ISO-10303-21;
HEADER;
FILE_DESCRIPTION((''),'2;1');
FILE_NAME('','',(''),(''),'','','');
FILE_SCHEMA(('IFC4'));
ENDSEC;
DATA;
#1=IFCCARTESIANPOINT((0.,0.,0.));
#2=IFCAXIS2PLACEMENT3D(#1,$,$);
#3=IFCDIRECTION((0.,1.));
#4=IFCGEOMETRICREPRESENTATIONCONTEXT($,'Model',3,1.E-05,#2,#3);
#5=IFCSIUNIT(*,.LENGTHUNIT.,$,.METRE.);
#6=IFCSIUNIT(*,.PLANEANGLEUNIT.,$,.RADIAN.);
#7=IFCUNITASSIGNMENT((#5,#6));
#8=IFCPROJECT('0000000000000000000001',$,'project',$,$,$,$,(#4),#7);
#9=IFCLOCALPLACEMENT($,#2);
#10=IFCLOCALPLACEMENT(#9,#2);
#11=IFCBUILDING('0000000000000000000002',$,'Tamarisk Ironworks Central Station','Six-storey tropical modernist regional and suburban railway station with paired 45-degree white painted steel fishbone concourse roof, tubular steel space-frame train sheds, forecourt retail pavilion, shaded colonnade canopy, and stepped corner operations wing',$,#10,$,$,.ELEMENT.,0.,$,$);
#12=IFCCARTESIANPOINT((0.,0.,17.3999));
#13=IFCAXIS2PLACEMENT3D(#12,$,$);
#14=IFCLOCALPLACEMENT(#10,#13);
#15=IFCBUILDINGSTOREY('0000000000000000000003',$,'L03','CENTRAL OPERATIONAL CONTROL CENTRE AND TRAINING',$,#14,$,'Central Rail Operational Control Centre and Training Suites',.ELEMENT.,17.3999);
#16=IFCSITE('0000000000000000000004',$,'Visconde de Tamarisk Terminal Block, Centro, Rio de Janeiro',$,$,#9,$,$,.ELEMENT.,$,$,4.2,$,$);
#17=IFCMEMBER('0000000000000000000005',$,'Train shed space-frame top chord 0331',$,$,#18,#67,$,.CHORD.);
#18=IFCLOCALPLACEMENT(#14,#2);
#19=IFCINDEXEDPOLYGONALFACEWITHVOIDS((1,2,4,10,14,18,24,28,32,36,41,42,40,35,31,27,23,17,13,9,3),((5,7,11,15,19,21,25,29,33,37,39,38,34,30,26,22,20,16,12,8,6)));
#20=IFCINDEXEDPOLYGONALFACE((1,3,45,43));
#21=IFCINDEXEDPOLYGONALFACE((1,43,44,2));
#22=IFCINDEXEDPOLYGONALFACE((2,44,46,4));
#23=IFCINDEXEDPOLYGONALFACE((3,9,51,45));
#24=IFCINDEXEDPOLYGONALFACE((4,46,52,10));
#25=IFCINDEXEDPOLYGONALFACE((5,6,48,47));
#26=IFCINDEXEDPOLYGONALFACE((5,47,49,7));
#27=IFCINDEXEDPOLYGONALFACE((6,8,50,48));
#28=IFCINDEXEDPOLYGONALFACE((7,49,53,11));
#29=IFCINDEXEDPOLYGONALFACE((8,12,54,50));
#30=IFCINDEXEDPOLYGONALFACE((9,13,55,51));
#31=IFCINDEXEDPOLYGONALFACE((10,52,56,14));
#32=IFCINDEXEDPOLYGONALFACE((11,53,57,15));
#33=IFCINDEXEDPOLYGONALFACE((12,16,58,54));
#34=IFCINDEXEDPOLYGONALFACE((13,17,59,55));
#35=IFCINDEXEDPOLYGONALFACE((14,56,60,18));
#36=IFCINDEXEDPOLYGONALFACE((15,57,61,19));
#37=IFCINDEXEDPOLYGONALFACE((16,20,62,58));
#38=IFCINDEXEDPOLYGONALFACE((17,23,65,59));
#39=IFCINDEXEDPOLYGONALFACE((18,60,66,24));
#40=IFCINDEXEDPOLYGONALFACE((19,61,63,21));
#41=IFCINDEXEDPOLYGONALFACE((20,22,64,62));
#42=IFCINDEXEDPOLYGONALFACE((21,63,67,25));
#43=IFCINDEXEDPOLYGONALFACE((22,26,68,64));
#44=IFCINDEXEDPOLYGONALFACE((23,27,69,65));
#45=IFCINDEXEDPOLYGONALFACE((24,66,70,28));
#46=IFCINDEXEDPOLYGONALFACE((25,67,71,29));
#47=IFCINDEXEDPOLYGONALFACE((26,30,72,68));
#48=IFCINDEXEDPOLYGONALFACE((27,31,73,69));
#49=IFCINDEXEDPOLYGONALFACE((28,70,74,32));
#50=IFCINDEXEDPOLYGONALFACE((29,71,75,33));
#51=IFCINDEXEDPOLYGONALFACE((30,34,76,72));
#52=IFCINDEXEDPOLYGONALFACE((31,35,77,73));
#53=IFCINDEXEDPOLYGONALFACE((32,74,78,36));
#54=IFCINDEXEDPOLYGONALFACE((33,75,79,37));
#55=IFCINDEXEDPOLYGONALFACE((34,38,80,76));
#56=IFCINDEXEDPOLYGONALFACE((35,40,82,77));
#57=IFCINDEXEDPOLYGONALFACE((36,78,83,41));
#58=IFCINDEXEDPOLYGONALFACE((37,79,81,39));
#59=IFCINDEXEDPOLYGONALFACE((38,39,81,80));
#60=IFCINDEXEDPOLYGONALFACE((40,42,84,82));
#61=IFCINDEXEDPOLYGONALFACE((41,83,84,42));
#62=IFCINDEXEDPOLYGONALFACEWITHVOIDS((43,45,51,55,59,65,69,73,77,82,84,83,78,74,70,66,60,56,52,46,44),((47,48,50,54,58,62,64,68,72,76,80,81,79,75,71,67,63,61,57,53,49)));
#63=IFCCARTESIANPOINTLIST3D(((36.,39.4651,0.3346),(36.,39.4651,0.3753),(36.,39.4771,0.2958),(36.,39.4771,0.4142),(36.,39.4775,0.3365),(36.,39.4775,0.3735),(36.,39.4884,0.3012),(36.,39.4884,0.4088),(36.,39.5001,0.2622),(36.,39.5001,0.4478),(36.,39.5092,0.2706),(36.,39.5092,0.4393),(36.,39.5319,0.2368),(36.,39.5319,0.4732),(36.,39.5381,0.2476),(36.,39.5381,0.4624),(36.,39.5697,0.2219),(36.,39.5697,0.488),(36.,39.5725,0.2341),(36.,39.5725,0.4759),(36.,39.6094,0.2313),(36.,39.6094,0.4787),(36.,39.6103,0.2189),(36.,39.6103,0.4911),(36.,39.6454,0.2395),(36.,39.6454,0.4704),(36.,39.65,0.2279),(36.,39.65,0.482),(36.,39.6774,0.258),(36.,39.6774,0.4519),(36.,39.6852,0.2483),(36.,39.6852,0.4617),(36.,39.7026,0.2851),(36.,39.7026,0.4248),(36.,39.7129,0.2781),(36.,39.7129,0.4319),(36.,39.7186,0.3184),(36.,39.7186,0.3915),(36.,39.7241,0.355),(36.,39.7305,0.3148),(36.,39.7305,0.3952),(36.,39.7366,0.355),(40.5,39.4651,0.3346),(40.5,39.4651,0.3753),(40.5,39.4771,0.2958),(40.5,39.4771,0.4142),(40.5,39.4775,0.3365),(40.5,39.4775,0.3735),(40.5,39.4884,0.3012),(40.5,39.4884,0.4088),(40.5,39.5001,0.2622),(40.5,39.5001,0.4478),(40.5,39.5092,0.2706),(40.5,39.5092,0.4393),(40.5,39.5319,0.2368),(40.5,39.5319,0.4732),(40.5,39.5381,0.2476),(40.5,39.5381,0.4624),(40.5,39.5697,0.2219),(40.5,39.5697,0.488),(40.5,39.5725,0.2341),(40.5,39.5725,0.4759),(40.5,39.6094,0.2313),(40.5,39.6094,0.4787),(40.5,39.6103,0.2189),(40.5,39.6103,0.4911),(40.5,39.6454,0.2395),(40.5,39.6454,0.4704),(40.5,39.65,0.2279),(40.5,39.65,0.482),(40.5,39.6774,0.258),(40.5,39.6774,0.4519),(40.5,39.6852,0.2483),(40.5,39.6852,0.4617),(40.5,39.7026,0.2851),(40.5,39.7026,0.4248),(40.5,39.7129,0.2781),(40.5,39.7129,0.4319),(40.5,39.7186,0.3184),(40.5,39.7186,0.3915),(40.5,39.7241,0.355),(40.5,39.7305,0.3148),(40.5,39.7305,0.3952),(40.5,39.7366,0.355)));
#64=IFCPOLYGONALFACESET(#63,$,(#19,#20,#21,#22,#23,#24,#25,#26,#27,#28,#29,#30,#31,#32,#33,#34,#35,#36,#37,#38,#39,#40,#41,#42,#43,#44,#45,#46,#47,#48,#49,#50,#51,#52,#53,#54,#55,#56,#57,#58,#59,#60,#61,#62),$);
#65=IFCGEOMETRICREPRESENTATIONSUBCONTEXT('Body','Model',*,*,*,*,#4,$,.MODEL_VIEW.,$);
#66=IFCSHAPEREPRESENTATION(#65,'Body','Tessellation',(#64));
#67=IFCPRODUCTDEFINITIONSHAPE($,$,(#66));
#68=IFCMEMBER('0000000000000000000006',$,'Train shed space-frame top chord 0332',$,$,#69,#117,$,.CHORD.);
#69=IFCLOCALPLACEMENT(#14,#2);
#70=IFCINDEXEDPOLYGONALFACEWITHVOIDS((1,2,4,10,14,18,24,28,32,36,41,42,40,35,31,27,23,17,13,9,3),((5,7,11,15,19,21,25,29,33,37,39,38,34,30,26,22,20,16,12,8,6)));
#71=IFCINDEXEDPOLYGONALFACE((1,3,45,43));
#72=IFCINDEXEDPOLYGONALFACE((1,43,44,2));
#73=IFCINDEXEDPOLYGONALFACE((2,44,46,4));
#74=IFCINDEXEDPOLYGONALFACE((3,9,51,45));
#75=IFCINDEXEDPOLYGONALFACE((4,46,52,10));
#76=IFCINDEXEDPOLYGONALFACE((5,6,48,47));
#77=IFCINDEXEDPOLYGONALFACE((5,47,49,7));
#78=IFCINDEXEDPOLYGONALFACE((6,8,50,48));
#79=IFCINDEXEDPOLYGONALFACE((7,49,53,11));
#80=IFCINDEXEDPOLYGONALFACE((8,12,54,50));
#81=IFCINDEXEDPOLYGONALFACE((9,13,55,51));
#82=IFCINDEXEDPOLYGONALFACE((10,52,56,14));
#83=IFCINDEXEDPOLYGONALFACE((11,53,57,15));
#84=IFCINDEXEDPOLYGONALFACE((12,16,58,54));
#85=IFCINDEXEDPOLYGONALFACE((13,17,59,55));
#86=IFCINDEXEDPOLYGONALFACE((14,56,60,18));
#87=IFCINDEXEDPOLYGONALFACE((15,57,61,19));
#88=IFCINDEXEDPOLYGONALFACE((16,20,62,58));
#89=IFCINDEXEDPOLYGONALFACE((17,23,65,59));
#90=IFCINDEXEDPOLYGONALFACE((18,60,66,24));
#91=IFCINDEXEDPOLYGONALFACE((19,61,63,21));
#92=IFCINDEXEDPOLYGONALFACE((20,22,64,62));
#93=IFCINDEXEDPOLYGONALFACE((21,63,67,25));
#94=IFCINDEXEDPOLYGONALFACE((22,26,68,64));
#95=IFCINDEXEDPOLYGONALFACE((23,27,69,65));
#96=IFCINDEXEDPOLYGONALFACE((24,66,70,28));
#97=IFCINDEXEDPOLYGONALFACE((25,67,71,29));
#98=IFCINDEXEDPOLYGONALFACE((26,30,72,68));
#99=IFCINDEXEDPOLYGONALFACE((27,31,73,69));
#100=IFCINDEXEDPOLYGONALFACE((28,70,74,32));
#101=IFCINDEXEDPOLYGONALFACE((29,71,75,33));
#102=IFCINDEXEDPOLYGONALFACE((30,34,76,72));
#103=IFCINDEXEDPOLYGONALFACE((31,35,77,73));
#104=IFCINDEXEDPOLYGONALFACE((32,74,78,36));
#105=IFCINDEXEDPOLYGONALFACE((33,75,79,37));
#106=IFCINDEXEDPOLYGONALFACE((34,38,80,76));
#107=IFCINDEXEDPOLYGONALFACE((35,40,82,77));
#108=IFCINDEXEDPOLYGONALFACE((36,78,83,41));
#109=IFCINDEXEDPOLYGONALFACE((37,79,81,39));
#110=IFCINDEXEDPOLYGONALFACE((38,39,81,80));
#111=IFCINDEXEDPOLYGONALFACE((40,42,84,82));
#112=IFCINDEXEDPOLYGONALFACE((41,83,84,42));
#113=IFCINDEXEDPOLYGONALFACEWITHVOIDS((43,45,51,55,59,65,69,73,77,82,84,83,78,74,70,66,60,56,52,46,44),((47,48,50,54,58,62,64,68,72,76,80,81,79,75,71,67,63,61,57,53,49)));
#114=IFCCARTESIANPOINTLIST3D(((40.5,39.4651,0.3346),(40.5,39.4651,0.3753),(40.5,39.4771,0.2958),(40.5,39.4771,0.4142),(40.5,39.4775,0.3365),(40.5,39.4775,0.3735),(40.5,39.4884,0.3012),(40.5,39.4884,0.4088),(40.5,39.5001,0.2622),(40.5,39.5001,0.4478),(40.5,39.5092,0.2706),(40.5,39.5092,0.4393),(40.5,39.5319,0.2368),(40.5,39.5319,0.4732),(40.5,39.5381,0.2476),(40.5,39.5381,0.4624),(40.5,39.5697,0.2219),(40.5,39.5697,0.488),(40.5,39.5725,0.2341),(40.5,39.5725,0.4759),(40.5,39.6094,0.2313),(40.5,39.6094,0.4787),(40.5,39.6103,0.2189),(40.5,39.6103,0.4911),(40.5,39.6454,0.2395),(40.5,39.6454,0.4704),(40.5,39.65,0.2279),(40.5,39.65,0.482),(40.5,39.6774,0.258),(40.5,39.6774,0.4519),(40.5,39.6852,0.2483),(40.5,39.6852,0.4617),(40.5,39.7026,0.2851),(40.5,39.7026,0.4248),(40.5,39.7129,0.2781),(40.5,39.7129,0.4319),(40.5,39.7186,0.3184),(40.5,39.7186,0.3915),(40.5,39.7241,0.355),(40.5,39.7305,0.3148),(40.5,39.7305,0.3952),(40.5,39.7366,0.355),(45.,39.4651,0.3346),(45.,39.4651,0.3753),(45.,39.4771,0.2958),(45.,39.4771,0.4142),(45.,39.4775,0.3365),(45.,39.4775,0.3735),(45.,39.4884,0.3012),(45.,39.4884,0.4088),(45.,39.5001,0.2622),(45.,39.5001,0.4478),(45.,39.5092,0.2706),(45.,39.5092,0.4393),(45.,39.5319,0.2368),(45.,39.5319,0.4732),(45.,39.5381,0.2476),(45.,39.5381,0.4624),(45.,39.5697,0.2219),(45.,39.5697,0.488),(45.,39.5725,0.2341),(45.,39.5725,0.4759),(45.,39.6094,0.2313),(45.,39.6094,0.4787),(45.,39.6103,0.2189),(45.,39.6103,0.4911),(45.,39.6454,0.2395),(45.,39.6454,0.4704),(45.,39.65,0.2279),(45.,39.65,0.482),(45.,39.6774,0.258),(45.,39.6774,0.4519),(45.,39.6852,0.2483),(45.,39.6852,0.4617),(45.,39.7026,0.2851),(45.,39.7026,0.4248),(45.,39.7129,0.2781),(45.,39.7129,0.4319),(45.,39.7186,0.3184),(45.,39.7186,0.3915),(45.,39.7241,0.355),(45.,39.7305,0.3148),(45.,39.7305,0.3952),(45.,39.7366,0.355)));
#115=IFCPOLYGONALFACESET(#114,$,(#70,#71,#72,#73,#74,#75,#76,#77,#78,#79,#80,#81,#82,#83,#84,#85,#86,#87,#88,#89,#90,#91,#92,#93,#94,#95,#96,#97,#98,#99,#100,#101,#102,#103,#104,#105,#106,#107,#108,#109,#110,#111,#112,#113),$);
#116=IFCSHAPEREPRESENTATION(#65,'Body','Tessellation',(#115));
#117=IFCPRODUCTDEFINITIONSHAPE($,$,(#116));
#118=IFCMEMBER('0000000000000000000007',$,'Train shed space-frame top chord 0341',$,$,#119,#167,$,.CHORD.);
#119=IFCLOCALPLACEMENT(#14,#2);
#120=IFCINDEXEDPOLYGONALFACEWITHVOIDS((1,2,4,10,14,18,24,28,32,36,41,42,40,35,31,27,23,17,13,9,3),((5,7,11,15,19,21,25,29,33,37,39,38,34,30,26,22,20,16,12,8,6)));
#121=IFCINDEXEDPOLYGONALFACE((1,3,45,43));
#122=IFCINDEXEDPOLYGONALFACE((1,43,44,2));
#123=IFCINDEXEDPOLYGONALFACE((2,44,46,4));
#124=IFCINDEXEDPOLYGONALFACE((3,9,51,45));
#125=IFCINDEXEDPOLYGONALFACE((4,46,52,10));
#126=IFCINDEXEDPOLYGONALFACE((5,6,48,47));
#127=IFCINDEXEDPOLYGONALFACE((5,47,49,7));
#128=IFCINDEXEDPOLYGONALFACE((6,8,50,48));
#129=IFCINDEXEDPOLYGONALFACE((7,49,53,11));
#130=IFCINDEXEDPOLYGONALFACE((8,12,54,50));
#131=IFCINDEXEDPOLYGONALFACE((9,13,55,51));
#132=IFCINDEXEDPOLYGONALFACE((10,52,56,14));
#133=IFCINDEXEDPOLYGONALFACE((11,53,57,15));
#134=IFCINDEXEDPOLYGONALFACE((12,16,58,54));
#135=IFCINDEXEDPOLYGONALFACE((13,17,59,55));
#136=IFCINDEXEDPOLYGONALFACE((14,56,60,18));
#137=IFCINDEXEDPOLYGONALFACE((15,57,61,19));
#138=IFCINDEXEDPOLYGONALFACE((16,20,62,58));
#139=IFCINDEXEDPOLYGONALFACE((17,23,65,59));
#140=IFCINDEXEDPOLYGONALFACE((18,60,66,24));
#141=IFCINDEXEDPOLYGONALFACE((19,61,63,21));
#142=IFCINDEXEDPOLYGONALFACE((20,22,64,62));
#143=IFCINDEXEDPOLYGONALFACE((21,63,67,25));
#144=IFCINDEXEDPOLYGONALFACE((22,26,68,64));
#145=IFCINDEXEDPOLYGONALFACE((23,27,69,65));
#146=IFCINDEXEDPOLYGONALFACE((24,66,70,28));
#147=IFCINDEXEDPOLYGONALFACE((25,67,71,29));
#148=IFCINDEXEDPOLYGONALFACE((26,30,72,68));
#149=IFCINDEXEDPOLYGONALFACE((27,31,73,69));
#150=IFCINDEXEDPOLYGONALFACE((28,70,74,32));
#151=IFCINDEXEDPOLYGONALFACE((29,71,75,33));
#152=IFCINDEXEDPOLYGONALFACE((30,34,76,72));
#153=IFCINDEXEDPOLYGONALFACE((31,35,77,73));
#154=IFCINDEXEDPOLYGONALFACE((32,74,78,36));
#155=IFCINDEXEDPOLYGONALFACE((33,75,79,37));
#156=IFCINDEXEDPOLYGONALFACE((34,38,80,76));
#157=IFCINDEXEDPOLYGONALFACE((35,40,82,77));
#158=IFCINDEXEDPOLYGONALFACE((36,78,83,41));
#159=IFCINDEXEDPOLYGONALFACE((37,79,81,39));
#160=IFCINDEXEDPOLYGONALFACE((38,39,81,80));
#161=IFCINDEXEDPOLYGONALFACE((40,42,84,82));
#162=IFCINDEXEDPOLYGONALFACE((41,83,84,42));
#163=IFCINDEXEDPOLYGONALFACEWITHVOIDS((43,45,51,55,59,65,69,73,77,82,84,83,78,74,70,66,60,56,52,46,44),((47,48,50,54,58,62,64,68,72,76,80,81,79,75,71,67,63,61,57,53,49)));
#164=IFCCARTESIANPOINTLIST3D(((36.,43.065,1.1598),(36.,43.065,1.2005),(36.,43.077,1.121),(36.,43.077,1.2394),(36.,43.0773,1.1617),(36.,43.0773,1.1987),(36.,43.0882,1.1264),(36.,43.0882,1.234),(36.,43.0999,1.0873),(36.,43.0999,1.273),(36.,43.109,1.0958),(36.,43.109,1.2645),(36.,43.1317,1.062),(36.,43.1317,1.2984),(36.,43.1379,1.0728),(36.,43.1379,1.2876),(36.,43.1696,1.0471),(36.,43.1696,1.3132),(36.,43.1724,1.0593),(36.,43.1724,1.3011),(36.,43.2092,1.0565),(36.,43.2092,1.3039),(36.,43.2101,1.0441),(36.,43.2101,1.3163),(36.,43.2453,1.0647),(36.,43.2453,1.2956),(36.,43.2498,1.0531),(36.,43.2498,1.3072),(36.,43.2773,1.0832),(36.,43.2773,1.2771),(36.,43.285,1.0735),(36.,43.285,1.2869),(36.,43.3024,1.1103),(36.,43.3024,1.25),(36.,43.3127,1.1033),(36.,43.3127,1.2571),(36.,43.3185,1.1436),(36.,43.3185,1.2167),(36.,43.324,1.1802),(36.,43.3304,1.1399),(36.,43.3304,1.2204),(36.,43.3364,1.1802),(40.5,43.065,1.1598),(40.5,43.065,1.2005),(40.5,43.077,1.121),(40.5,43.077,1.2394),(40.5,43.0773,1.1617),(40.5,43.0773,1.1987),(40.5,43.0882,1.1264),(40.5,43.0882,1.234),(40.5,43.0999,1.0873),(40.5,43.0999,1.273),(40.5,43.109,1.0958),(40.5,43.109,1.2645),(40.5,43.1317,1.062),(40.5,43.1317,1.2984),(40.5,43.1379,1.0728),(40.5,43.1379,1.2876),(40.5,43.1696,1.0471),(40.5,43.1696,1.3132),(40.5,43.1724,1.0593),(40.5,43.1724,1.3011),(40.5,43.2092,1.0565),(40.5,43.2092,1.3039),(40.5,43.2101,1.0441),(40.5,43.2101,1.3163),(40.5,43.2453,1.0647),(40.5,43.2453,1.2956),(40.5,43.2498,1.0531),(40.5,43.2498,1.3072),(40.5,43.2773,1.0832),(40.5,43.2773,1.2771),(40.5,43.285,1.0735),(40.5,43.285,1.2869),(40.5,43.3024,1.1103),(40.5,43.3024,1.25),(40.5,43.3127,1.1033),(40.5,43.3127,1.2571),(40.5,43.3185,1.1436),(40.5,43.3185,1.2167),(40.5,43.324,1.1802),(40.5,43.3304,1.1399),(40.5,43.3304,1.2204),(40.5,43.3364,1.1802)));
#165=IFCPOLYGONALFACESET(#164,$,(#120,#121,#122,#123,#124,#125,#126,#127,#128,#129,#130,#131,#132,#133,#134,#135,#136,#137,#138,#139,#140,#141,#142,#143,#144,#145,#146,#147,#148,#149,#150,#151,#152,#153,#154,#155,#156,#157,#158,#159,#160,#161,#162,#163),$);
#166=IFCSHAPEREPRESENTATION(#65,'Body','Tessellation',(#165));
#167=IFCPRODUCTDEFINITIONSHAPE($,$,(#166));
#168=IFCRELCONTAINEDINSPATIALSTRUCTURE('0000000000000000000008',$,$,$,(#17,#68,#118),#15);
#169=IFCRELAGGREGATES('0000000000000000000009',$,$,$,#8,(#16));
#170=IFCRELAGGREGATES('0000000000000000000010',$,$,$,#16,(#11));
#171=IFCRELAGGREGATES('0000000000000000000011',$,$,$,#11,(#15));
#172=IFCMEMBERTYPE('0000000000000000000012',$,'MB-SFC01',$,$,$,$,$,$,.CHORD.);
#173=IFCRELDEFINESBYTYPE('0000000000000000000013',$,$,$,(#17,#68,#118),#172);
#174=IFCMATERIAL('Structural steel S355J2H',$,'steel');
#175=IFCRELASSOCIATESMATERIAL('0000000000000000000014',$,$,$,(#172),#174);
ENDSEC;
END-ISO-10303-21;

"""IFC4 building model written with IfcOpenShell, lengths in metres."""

from ifc_helpers import new_model, si_unit, direction, frame, origin, origin_2d, place, context, subcontext, project, spatial, hollow_circle, extrude, material, material_profile, profile_set, type_object, element, save


model = new_model("IFC4")

# Units and contexts
model_context = context("Model", 3, precision=1e-05, world=origin(), true_north=direction((0.0, 1.0)))
body_context = subcontext(model_context, "Body", "Model", "MODEL_VIEW")
ifc_project = project(units=[si_unit("LENGTHUNIT", "METRE"), si_unit("PLANEANGLEUNIT", "RADIAN")], contexts=[model_context])

# Site, building, storey
site_placement = place(None, origin())
site = spatial("IfcSite", under=ifc_project, at=site_placement, Name="Visconde de Tamarisk Terminal Block, Centro, Rio de Janeiro", CompositionType="ELEMENT", RefElevation=4.2)
building_placement = place(site_placement, origin())
building = spatial("IfcBuilding", under=site, at=building_placement, Name="Tamarisk Ironworks Central Station", Description="Six-storey tropical modernist regional and suburban railway station with paired 45-degree white painted steel fishbone concourse roof, tubular steel space-frame train sheds, forecourt retail pavilion, shaded colonnade canopy, and stepped corner operations wing", CompositionType="ELEMENT", ElevationOfRefHeight=0.0)
storey_placement = place(building_placement, frame((0.0, 0.0, 17.3999)))
storey = spatial("IfcBuildingStorey", under=building, at=storey_placement, Name="L03", Description="CENTRAL OPERATIONAL CONTROL CENTRE AND TRAINING", LongName="Central Rail Operational Control Centre and Training Suites", CompositionType="ELEMENT", Elevation=17.3999)

# Members
ifc_material = material(Name="Structural steel S355J2H", Category="steel")
ifc_material_profile_1 = material_profile(ifc_material, hollow_circle(Radius=0.1365, WallThickness=0.0125, at=origin_2d()), Name="CHS 273x12.5")
ifc_profile_set_1 = profile_set([ifc_material_profile_1], Name="Structural steel S355J2H")
member_type_1 = type_object("IfcMemberType", Name="MB-SFC01", PredefinedType="CHORD", material=ifc_profile_set_1)
for number, where, z_axis, x_axis, name in (
    (1, (36.0, 39.6001, 0.355), (1.0, 0.0, 0.0), (0.0, 1.0, 0.0), "Train shed space-frame top chord 0331"),
    (2, (40.5, 39.6001, 0.355), (1.0, 0.0, 0.0), (0.0, 1.0, 0.0), "Train shed space-frame top chord 0332"),
    (3, (36.0, 43.2, 1.1802), (1.0, 0.0, 0.0), (0.0, 1.0, 0.0), "Train shed space-frame top chord 0341"),
):
    element("IfcMember", number, at=place(storey_placement, frame(where, z_axis=z_axis, x_axis=x_axis)), inside=storey, type_object=member_type_1, Name=name, PredefinedType="CHORD", context=body_context, shape_type="SweptSolid", body=[
        extrude(hollow_circle(Radius=0.1365, WallThickness=0.0125, at=origin_2d()), origin(), (0.0, 0.0, 1.0), 4.5),
    ])

save(model, "model.ifc")
